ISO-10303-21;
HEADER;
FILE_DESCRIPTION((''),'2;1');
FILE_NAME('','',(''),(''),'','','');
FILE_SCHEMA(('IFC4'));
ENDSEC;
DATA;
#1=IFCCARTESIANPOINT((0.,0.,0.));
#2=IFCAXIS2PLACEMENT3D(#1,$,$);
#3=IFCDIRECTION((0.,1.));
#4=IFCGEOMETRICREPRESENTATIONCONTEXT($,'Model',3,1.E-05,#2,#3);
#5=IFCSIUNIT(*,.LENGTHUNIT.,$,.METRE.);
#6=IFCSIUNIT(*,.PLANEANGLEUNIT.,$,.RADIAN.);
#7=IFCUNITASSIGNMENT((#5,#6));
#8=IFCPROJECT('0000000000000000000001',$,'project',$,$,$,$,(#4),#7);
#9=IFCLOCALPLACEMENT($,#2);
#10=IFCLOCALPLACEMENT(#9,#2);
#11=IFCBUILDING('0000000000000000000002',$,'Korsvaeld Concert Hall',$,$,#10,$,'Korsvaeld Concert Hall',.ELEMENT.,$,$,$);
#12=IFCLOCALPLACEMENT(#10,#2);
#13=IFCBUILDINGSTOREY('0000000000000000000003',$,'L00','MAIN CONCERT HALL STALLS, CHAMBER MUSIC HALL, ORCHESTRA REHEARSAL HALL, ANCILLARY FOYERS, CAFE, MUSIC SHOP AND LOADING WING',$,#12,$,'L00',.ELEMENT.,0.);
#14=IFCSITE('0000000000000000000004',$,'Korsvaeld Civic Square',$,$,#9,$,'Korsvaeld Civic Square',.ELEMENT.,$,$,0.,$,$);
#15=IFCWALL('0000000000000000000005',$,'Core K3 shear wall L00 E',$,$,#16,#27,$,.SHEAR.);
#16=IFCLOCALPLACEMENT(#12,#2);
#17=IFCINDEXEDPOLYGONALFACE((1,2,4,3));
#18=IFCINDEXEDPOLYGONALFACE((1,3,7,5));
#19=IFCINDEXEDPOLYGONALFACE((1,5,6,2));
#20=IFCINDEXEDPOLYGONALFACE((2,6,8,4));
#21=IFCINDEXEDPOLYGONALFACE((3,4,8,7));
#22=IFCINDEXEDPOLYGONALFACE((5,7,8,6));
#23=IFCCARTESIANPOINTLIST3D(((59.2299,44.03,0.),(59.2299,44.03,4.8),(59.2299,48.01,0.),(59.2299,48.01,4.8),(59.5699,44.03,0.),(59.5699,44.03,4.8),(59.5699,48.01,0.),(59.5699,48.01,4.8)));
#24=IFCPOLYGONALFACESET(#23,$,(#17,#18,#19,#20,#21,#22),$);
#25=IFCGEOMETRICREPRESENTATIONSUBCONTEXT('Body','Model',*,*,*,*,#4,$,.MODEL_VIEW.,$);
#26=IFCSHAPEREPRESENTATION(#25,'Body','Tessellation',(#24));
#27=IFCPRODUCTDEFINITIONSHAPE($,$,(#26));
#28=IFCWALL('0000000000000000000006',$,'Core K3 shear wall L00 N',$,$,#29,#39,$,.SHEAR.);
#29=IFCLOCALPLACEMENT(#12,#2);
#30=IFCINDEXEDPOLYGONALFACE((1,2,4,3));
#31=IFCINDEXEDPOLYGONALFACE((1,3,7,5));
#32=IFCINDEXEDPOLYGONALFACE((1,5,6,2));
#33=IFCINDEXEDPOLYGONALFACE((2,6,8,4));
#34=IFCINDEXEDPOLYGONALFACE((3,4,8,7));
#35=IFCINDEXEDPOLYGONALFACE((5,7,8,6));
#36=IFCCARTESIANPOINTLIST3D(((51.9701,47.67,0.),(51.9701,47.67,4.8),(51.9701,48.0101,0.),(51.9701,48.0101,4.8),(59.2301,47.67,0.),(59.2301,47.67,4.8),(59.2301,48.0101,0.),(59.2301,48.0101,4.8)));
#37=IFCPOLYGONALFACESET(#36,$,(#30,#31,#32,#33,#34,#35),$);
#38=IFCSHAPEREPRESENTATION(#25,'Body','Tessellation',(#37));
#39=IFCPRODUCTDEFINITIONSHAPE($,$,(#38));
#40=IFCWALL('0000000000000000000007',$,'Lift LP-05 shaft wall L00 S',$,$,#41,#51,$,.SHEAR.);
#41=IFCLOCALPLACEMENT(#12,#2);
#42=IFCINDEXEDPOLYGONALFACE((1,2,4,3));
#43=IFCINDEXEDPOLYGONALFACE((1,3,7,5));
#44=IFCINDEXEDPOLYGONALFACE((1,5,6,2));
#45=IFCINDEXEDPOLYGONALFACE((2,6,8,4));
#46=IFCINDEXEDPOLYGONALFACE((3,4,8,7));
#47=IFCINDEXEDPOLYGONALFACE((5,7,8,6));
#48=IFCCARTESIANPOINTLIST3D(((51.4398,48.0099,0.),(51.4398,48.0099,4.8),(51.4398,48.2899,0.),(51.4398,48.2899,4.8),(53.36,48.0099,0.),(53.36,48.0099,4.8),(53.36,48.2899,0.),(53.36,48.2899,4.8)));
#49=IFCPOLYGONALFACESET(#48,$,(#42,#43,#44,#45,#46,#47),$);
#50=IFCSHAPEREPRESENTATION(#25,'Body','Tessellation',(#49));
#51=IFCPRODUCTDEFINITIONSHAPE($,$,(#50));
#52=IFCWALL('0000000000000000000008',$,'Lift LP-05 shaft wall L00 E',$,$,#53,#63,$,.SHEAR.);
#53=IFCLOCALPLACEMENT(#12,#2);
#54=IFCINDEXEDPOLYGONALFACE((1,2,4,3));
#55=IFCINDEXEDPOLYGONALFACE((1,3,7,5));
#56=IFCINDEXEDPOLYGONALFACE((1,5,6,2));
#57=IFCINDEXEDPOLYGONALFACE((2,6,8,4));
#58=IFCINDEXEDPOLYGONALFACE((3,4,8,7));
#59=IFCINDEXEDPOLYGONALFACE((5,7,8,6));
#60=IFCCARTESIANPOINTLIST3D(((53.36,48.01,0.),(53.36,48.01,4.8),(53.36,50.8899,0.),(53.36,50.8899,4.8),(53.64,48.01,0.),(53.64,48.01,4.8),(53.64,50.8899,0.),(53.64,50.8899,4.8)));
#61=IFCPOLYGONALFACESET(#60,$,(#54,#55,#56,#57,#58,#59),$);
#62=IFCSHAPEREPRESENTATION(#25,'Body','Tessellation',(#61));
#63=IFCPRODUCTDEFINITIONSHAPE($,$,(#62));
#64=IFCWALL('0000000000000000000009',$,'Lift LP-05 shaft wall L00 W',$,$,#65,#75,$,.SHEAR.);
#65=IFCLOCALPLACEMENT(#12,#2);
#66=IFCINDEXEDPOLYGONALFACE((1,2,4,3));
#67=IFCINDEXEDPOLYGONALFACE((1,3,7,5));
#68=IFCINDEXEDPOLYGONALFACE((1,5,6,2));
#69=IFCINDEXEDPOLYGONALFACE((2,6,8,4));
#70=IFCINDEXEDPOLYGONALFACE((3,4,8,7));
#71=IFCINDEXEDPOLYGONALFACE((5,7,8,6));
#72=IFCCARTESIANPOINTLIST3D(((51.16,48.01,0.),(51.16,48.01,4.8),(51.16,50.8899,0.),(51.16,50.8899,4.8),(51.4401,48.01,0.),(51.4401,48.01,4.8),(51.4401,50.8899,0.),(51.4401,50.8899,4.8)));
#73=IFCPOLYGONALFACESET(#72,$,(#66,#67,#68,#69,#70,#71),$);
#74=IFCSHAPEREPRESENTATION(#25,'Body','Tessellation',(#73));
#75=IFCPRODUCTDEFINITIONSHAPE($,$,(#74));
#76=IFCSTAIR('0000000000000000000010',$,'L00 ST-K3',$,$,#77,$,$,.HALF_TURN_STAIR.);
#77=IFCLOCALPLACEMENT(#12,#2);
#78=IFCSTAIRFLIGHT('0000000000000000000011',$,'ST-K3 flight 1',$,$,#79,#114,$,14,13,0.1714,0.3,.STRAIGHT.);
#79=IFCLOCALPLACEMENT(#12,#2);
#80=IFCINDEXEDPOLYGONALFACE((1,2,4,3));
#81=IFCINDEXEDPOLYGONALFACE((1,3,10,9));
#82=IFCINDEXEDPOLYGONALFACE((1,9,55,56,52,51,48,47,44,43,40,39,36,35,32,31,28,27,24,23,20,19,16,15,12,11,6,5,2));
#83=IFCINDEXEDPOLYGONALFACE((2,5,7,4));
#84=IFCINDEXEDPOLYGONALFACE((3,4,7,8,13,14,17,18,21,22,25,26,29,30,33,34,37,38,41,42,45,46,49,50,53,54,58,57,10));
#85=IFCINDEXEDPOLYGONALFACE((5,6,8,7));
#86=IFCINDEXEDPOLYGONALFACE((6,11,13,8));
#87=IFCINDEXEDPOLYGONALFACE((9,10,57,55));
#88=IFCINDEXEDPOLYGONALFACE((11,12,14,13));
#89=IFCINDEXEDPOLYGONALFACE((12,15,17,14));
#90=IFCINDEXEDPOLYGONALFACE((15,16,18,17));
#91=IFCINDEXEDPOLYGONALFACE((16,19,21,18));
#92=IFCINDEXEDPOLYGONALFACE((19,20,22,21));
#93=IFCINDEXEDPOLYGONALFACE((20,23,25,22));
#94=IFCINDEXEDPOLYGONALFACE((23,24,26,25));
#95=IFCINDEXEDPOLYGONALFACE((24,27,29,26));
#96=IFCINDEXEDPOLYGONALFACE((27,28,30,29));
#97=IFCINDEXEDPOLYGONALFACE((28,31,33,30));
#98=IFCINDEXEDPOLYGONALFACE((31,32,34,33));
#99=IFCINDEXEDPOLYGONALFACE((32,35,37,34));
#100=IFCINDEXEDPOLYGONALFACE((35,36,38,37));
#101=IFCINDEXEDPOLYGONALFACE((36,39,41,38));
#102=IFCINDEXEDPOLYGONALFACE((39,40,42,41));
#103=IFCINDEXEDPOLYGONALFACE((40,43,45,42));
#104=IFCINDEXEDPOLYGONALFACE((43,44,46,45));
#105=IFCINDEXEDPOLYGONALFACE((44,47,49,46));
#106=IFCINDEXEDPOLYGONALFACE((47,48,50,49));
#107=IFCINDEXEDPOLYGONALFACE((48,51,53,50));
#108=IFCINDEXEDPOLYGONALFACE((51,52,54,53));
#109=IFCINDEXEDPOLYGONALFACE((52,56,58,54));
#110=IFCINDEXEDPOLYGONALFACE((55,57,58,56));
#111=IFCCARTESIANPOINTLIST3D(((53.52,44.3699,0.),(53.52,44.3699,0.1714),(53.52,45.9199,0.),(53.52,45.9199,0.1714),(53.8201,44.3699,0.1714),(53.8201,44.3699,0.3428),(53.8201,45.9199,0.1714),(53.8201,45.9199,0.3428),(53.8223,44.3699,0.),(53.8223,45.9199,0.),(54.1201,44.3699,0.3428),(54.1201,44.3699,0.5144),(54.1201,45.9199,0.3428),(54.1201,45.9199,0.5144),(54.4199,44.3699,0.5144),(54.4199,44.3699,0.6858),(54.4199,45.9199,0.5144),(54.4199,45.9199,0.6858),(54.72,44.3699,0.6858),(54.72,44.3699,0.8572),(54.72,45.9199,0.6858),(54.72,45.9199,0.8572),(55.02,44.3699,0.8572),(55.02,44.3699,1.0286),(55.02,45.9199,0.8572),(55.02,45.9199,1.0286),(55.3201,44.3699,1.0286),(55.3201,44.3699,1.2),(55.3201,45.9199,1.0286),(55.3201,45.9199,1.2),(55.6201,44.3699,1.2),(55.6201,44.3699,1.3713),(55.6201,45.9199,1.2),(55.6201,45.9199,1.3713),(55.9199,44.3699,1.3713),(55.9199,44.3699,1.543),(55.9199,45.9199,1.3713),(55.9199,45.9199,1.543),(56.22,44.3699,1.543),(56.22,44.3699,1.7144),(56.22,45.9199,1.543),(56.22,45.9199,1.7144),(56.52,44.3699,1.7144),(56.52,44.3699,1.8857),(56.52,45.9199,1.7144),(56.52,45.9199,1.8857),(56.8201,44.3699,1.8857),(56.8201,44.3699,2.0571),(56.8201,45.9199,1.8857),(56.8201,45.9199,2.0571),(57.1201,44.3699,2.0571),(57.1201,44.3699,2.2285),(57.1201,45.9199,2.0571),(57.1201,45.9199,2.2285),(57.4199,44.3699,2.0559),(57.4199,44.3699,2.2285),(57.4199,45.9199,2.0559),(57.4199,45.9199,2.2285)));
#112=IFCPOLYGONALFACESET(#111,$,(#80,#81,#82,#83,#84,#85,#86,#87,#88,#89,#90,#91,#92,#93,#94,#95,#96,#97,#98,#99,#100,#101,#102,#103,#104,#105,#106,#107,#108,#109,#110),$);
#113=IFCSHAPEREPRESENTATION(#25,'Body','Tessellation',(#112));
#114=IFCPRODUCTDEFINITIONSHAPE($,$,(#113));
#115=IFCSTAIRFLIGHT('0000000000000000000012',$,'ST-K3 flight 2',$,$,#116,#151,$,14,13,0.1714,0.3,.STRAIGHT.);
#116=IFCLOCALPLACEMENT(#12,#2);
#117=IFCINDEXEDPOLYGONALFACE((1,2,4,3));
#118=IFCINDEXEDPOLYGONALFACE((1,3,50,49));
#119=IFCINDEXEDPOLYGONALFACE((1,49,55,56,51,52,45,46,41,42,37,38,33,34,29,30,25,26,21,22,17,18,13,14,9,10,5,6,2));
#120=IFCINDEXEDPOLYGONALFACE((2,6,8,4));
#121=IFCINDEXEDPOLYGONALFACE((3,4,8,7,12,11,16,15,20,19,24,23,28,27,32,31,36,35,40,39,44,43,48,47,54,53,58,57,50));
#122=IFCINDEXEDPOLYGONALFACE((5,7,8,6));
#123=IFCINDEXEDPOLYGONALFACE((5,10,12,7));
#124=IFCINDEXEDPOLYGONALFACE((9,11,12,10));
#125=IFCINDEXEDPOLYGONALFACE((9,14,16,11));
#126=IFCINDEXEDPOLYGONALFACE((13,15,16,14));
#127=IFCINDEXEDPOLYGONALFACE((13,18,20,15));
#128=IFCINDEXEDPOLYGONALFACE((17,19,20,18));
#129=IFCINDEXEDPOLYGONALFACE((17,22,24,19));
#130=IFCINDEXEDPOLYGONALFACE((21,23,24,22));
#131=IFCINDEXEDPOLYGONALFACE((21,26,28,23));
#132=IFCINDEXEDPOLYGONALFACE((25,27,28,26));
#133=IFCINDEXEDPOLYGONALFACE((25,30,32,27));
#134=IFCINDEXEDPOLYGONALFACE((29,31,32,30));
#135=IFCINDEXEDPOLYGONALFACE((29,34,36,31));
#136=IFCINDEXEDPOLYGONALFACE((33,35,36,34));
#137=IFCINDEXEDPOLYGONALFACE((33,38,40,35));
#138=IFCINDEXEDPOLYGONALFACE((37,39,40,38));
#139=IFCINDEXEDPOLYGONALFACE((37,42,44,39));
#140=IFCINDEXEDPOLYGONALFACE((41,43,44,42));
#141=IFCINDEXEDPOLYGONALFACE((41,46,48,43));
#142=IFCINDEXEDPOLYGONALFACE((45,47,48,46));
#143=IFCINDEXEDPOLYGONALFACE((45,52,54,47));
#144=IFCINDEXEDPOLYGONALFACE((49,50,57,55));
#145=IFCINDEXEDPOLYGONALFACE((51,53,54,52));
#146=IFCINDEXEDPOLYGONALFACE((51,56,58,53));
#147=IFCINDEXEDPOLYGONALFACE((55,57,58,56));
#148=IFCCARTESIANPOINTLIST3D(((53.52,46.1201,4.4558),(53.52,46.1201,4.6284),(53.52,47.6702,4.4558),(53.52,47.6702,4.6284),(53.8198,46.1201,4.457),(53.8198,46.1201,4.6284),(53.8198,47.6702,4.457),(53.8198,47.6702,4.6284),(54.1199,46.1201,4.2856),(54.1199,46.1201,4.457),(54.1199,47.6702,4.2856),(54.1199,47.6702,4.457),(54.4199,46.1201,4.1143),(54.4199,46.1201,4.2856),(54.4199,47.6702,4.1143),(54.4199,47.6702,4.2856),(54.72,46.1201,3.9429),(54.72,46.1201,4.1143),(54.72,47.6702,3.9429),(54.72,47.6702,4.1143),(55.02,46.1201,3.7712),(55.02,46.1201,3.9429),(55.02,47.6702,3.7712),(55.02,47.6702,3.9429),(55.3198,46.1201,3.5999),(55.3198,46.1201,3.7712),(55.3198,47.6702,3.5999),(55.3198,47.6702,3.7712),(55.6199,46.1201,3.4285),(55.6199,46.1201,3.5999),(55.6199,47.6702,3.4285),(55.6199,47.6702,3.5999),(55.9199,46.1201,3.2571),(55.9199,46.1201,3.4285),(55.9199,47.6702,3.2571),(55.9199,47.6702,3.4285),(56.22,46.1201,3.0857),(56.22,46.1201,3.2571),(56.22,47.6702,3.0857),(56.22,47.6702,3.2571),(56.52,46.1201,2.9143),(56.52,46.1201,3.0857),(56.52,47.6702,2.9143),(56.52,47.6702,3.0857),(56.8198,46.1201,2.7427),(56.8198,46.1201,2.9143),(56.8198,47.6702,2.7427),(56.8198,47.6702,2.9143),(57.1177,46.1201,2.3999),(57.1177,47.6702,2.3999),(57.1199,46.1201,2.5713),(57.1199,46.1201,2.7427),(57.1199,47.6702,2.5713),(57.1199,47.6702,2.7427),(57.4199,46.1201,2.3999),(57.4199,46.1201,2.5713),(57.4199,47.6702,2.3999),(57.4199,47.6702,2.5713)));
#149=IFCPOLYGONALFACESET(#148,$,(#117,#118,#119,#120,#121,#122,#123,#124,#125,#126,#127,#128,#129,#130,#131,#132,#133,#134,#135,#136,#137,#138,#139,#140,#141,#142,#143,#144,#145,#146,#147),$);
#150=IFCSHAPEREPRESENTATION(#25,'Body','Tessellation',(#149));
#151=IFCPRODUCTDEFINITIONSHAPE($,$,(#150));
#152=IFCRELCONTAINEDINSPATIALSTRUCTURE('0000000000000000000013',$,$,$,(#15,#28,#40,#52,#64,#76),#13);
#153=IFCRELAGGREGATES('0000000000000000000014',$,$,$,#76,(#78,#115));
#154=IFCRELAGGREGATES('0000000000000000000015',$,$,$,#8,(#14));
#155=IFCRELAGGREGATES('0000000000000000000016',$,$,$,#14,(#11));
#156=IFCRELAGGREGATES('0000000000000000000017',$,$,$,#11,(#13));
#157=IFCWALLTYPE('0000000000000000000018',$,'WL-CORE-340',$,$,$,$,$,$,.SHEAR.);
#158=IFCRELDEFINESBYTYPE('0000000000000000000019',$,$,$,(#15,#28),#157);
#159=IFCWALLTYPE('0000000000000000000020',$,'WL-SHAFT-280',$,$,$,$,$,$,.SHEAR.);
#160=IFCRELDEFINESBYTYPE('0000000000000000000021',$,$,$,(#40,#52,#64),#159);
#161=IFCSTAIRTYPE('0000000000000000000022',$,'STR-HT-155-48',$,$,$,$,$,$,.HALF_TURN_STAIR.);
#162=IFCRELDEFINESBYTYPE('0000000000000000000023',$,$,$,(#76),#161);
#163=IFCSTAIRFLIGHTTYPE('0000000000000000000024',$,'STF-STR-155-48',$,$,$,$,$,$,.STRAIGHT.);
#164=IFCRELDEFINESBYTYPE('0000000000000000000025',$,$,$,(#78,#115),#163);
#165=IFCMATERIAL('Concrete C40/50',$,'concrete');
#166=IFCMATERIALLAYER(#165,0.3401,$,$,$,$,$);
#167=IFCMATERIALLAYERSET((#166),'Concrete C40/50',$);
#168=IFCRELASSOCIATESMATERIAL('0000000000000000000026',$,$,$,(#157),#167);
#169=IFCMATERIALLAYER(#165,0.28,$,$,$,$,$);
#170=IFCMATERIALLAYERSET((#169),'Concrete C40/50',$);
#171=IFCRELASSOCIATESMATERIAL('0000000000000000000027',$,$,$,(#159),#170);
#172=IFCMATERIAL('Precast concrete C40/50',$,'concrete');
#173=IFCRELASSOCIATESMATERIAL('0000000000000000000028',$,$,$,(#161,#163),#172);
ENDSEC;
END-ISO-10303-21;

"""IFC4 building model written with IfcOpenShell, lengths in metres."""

from ifc_helpers import new_model, si_unit, direction, frame, frame_2d, origin, place, context, subcontext, project, spatial, polyline, rectangle, outline, extrude, material, layer, layer_set, type_object, element, aggregate, save


model = new_model("IFC4")

# Units and contexts
model_context = context("Model", 3, precision=1e-05, world=origin(), true_north=direction((0.0, 1.0)))
body_context = subcontext(model_context, "Body", "Model", "MODEL_VIEW")
ifc_project = project(units=[si_unit("LENGTHUNIT", "METRE"), si_unit("PLANEANGLEUNIT", "RADIAN")], contexts=[model_context])

# Site, building, storey
site_placement = place(None, origin())
site = spatial("IfcSite", under=ifc_project, at=site_placement, Name="Korsvaeld Civic Square", LongName="Korsvaeld Civic Square", CompositionType="ELEMENT", RefElevation=0.0)
building_placement = place(site_placement, origin())
building = spatial("IfcBuilding", under=site, at=building_placement, Name="Korsvaeld Concert Hall", LongName="Korsvaeld Concert Hall", CompositionType="ELEMENT")
storey_placement = place(building_placement, origin())
storey = spatial("IfcBuildingStorey", under=building, at=storey_placement, Name="L00", Description="MAIN CONCERT HALL STALLS, CHAMBER MUSIC HALL, ORCHESTRA REHEARSAL HALL, ANCILLARY FOYERS, CAFE, MUSIC SHOP AND LOADING WING", LongName="L00", CompositionType="ELEMENT", Elevation=0.0)

# Shared definitions
ifc_material_1 = material(Name="Concrete C40/50", Category="concrete")

# Walls
ifc_layer_1 = layer(ifc_material_1, 0.3401)
ifc_layer_set_1 = layer_set([ifc_layer_1], Name="Concrete C40/50")
wall_type_1 = type_object("IfcWallType", Name="WL-CORE-340", PredefinedType="SHEAR", material=ifc_layer_set_1)
wall_1_placement = place(storey_placement, frame((59.3999, 44.03, 0.0), z_axis=(0.0, 0.0, 1.0), x_axis=(0.0, 1.0, 0.0)))
element("IfcWall", 1, at=wall_1_placement, inside=storey, type_object=wall_type_1, Name="Core K3 shear wall L00 E", PredefinedType="SHEAR", context=body_context, shape_type="SweptSolid", body=[
    extrude(rectangle(XDim=3.98, YDim=0.3401, at=frame_2d((1.99, 0.0))), origin(), (0.0, 0.0, 1.0), 4.8),
])
wall_2_placement = place(storey_placement, frame((59.23, 47.8401, 0.0), z_axis=(0.0, 0.0, 1.0), x_axis=(-1.0, 0.0, 0.0)))
element("IfcWall", 2, at=wall_2_placement, inside=storey, type_object=wall_type_1, Name="Core K3 shear wall L00 N", PredefinedType="SHEAR", context=body_context, shape_type="SweptSolid", body=[
    extrude(rectangle(XDim=7.26, YDim=0.3401, at=frame_2d((3.6299, 0.0))), origin(), (0.0, 0.0, 1.0), 4.8),
])

# Walls
ifc_layer_2 = layer(ifc_material_1, 0.28)
ifc_layer_set_2 = layer_set([ifc_layer_2], Name="Concrete C40/50")
wall_type_2 = type_object("IfcWallType", Name="WL-SHAFT-280", PredefinedType="SHEAR", material=ifc_layer_set_2)
wall_3_placement = place(storey_placement, frame((51.4399, 48.1499, 0.0), z_axis=(0.0, 0.0, 1.0), x_axis=(1.0, 0.0, 0.0)))
element("IfcWall", 3, at=wall_3_placement, inside=storey, type_object=wall_type_2, Name="Lift LP-05 shaft wall L00 S", PredefinedType="SHEAR", context=body_context, shape_type="SweptSolid", body=[
    extrude(rectangle(XDim=1.9202, YDim=0.28, at=frame_2d((0.96, 0.0))), origin(), (0.0, 0.0, 1.0), 4.8),
])
wall_4_placement = place(storey_placement, frame((53.5, 48.01, 0.0), z_axis=(0.0, 0.0, 1.0), x_axis=(0.0, 1.0, 0.0)))
element("IfcWall", 4, at=wall_4_placement, inside=storey, type_object=wall_type_2, Name="Lift LP-05 shaft wall L00 E", PredefinedType="SHEAR", context=body_context, shape_type="SweptSolid", body=[
    extrude(rectangle(XDim=2.8799, YDim=0.28, at=frame_2d((1.4399, 0.0))), origin(), (0.0, 0.0, 1.0), 4.8),
])

# Wall
wall_5_placement = place(storey_placement, frame((51.3, 50.8899, 0.0), z_axis=(0.0, 0.0, 1.0), x_axis=(0.0, -1.0, 0.0)))
element("IfcWall", 5, at=wall_5_placement, inside=storey, type_object=wall_type_2, Name="Lift LP-05 shaft wall L00 W", PredefinedType="SHEAR", context=body_context, shape_type="SweptSolid", body=[
    extrude(rectangle(XDim=2.8799, YDim=0.28, at=frame_2d((1.4399, 0.0))), origin(), (0.0, 0.0, 1.0), 4.8),
])

# Stair, stair flights
ifc_material_2 = material(Name="Precast concrete C40/50", Category="concrete")
stair_type = type_object("IfcStairType", Name="STR-HT-155-48", PredefinedType="HALF_TURN_STAIR", material=ifc_material_2)
stair_placement = place(storey_placement, origin())
stair = element("IfcStair", 6, at=stair_placement, inside=storey, type_object=stair_type, Name="L00 ST-K3", PredefinedType="HALF_TURN_STAIR")
stair_flight_type = type_object("IfcStairFlightType", Name="STF-STR-155-48", PredefinedType="STRAIGHT", material=ifc_material_2)
stair_flight_1_placement = place(storey_placement, frame((53.52, 45.145, 0.0), z_axis=(0.0, 0.0, 1.0), x_axis=(1.0, 0.0, 0.0)))
stair_flight_1 = element("IfcStairFlight", 7, at=stair_flight_1_placement, type_object=stair_flight_type, Name="ST-K3 flight 1", NumberOfRisers=14, NumberOfTreads=13, PredefinedType="STRAIGHT", RiserHeight=0.1714, TreadLength=0.3, context=body_context, shape_type="SweptSolid", body=[
    extrude(outline(polyline([(0.0, 0.0), (0.0, 0.1714), (0.3, 0.1714), (0.3, 0.3428), (0.6001, 0.3428), (0.6001, 0.5144), (0.8999, 0.5144), (0.8999, 0.6858), (1.2, 0.6858), (1.2, 0.8572), (1.5, 0.8572), (1.5, 1.0286), (1.8, 1.0286), (1.8, 1.2), (2.1001, 1.2), (2.1001, 1.3713), (2.3999, 1.3713), (2.3999, 1.543), (2.7, 1.543), (2.7, 1.7144), (3.0, 1.7144), (3.0, 1.8857), (3.3, 1.8857), (3.3, 2.0571), (3.6001, 2.0571), (3.6001, 2.2285), (3.8999, 2.2285), (3.8999, 2.3999), (3.8999, 2.0559), (0.3022, 0.0), (0.0, 0.0)])), frame((0.0, 0.7749, 0.0), z_axis=(0.0, -1.0, 0.0), x_axis=(1.0, 0.0, 0.0)), (0.0, 0.0, 1.0), 1.55),
])
stair_flight_2_placement = place(storey_placement, frame((57.4199, 46.895, 2.3999), z_axis=(0.0, 0.0, 1.0), x_axis=(-1.0, 0.0, 0.0)))
stair_flight_2 = element("IfcStairFlight", 8, at=stair_flight_2_placement, type_object=stair_flight_type, Name="ST-K3 flight 2", NumberOfRisers=14, NumberOfTreads=13, PredefinedType="STRAIGHT", RiserHeight=0.1714, TreadLength=0.3, context=body_context, shape_type="SweptSolid", body=[
    extrude(outline(polyline([(0.0, 0.0), (0.0, 0.1714), (0.3, 0.1714), (0.3, 0.3428), (0.6001, 0.3428), (0.6001, 0.5144), (0.8999, 0.5144), (0.8999, 0.6858), (1.2, 0.6858), (1.2, 0.8572), (1.5, 0.8572), (1.5, 1.0286), (1.8, 1.0286), (1.8, 1.2), (2.1001, 1.2), (2.1001, 1.3713), (2.3999, 1.3713), (2.3999, 1.543), (2.7, 1.543), (2.7, 1.7144), (3.0, 1.7144), (3.0, 1.8857), (3.3, 1.8857), (3.3, 2.0571), (3.6001, 2.0571), (3.6001, 2.2285), (3.8999, 2.2285), (3.8999, 2.3999), (3.8999, 2.0559), (0.3022, 0.0), (0.0, 0.0)])), frame((0.0, 0.7749, 0.0), z_axis=(0.0, -1.0, 0.0), x_axis=(1.0, 0.0, 0.0)), (0.0, 0.0, 1.0), 1.55),
])
aggregate(stair, [stair_flight_1, stair_flight_2])

save(model, "model.ifc")
